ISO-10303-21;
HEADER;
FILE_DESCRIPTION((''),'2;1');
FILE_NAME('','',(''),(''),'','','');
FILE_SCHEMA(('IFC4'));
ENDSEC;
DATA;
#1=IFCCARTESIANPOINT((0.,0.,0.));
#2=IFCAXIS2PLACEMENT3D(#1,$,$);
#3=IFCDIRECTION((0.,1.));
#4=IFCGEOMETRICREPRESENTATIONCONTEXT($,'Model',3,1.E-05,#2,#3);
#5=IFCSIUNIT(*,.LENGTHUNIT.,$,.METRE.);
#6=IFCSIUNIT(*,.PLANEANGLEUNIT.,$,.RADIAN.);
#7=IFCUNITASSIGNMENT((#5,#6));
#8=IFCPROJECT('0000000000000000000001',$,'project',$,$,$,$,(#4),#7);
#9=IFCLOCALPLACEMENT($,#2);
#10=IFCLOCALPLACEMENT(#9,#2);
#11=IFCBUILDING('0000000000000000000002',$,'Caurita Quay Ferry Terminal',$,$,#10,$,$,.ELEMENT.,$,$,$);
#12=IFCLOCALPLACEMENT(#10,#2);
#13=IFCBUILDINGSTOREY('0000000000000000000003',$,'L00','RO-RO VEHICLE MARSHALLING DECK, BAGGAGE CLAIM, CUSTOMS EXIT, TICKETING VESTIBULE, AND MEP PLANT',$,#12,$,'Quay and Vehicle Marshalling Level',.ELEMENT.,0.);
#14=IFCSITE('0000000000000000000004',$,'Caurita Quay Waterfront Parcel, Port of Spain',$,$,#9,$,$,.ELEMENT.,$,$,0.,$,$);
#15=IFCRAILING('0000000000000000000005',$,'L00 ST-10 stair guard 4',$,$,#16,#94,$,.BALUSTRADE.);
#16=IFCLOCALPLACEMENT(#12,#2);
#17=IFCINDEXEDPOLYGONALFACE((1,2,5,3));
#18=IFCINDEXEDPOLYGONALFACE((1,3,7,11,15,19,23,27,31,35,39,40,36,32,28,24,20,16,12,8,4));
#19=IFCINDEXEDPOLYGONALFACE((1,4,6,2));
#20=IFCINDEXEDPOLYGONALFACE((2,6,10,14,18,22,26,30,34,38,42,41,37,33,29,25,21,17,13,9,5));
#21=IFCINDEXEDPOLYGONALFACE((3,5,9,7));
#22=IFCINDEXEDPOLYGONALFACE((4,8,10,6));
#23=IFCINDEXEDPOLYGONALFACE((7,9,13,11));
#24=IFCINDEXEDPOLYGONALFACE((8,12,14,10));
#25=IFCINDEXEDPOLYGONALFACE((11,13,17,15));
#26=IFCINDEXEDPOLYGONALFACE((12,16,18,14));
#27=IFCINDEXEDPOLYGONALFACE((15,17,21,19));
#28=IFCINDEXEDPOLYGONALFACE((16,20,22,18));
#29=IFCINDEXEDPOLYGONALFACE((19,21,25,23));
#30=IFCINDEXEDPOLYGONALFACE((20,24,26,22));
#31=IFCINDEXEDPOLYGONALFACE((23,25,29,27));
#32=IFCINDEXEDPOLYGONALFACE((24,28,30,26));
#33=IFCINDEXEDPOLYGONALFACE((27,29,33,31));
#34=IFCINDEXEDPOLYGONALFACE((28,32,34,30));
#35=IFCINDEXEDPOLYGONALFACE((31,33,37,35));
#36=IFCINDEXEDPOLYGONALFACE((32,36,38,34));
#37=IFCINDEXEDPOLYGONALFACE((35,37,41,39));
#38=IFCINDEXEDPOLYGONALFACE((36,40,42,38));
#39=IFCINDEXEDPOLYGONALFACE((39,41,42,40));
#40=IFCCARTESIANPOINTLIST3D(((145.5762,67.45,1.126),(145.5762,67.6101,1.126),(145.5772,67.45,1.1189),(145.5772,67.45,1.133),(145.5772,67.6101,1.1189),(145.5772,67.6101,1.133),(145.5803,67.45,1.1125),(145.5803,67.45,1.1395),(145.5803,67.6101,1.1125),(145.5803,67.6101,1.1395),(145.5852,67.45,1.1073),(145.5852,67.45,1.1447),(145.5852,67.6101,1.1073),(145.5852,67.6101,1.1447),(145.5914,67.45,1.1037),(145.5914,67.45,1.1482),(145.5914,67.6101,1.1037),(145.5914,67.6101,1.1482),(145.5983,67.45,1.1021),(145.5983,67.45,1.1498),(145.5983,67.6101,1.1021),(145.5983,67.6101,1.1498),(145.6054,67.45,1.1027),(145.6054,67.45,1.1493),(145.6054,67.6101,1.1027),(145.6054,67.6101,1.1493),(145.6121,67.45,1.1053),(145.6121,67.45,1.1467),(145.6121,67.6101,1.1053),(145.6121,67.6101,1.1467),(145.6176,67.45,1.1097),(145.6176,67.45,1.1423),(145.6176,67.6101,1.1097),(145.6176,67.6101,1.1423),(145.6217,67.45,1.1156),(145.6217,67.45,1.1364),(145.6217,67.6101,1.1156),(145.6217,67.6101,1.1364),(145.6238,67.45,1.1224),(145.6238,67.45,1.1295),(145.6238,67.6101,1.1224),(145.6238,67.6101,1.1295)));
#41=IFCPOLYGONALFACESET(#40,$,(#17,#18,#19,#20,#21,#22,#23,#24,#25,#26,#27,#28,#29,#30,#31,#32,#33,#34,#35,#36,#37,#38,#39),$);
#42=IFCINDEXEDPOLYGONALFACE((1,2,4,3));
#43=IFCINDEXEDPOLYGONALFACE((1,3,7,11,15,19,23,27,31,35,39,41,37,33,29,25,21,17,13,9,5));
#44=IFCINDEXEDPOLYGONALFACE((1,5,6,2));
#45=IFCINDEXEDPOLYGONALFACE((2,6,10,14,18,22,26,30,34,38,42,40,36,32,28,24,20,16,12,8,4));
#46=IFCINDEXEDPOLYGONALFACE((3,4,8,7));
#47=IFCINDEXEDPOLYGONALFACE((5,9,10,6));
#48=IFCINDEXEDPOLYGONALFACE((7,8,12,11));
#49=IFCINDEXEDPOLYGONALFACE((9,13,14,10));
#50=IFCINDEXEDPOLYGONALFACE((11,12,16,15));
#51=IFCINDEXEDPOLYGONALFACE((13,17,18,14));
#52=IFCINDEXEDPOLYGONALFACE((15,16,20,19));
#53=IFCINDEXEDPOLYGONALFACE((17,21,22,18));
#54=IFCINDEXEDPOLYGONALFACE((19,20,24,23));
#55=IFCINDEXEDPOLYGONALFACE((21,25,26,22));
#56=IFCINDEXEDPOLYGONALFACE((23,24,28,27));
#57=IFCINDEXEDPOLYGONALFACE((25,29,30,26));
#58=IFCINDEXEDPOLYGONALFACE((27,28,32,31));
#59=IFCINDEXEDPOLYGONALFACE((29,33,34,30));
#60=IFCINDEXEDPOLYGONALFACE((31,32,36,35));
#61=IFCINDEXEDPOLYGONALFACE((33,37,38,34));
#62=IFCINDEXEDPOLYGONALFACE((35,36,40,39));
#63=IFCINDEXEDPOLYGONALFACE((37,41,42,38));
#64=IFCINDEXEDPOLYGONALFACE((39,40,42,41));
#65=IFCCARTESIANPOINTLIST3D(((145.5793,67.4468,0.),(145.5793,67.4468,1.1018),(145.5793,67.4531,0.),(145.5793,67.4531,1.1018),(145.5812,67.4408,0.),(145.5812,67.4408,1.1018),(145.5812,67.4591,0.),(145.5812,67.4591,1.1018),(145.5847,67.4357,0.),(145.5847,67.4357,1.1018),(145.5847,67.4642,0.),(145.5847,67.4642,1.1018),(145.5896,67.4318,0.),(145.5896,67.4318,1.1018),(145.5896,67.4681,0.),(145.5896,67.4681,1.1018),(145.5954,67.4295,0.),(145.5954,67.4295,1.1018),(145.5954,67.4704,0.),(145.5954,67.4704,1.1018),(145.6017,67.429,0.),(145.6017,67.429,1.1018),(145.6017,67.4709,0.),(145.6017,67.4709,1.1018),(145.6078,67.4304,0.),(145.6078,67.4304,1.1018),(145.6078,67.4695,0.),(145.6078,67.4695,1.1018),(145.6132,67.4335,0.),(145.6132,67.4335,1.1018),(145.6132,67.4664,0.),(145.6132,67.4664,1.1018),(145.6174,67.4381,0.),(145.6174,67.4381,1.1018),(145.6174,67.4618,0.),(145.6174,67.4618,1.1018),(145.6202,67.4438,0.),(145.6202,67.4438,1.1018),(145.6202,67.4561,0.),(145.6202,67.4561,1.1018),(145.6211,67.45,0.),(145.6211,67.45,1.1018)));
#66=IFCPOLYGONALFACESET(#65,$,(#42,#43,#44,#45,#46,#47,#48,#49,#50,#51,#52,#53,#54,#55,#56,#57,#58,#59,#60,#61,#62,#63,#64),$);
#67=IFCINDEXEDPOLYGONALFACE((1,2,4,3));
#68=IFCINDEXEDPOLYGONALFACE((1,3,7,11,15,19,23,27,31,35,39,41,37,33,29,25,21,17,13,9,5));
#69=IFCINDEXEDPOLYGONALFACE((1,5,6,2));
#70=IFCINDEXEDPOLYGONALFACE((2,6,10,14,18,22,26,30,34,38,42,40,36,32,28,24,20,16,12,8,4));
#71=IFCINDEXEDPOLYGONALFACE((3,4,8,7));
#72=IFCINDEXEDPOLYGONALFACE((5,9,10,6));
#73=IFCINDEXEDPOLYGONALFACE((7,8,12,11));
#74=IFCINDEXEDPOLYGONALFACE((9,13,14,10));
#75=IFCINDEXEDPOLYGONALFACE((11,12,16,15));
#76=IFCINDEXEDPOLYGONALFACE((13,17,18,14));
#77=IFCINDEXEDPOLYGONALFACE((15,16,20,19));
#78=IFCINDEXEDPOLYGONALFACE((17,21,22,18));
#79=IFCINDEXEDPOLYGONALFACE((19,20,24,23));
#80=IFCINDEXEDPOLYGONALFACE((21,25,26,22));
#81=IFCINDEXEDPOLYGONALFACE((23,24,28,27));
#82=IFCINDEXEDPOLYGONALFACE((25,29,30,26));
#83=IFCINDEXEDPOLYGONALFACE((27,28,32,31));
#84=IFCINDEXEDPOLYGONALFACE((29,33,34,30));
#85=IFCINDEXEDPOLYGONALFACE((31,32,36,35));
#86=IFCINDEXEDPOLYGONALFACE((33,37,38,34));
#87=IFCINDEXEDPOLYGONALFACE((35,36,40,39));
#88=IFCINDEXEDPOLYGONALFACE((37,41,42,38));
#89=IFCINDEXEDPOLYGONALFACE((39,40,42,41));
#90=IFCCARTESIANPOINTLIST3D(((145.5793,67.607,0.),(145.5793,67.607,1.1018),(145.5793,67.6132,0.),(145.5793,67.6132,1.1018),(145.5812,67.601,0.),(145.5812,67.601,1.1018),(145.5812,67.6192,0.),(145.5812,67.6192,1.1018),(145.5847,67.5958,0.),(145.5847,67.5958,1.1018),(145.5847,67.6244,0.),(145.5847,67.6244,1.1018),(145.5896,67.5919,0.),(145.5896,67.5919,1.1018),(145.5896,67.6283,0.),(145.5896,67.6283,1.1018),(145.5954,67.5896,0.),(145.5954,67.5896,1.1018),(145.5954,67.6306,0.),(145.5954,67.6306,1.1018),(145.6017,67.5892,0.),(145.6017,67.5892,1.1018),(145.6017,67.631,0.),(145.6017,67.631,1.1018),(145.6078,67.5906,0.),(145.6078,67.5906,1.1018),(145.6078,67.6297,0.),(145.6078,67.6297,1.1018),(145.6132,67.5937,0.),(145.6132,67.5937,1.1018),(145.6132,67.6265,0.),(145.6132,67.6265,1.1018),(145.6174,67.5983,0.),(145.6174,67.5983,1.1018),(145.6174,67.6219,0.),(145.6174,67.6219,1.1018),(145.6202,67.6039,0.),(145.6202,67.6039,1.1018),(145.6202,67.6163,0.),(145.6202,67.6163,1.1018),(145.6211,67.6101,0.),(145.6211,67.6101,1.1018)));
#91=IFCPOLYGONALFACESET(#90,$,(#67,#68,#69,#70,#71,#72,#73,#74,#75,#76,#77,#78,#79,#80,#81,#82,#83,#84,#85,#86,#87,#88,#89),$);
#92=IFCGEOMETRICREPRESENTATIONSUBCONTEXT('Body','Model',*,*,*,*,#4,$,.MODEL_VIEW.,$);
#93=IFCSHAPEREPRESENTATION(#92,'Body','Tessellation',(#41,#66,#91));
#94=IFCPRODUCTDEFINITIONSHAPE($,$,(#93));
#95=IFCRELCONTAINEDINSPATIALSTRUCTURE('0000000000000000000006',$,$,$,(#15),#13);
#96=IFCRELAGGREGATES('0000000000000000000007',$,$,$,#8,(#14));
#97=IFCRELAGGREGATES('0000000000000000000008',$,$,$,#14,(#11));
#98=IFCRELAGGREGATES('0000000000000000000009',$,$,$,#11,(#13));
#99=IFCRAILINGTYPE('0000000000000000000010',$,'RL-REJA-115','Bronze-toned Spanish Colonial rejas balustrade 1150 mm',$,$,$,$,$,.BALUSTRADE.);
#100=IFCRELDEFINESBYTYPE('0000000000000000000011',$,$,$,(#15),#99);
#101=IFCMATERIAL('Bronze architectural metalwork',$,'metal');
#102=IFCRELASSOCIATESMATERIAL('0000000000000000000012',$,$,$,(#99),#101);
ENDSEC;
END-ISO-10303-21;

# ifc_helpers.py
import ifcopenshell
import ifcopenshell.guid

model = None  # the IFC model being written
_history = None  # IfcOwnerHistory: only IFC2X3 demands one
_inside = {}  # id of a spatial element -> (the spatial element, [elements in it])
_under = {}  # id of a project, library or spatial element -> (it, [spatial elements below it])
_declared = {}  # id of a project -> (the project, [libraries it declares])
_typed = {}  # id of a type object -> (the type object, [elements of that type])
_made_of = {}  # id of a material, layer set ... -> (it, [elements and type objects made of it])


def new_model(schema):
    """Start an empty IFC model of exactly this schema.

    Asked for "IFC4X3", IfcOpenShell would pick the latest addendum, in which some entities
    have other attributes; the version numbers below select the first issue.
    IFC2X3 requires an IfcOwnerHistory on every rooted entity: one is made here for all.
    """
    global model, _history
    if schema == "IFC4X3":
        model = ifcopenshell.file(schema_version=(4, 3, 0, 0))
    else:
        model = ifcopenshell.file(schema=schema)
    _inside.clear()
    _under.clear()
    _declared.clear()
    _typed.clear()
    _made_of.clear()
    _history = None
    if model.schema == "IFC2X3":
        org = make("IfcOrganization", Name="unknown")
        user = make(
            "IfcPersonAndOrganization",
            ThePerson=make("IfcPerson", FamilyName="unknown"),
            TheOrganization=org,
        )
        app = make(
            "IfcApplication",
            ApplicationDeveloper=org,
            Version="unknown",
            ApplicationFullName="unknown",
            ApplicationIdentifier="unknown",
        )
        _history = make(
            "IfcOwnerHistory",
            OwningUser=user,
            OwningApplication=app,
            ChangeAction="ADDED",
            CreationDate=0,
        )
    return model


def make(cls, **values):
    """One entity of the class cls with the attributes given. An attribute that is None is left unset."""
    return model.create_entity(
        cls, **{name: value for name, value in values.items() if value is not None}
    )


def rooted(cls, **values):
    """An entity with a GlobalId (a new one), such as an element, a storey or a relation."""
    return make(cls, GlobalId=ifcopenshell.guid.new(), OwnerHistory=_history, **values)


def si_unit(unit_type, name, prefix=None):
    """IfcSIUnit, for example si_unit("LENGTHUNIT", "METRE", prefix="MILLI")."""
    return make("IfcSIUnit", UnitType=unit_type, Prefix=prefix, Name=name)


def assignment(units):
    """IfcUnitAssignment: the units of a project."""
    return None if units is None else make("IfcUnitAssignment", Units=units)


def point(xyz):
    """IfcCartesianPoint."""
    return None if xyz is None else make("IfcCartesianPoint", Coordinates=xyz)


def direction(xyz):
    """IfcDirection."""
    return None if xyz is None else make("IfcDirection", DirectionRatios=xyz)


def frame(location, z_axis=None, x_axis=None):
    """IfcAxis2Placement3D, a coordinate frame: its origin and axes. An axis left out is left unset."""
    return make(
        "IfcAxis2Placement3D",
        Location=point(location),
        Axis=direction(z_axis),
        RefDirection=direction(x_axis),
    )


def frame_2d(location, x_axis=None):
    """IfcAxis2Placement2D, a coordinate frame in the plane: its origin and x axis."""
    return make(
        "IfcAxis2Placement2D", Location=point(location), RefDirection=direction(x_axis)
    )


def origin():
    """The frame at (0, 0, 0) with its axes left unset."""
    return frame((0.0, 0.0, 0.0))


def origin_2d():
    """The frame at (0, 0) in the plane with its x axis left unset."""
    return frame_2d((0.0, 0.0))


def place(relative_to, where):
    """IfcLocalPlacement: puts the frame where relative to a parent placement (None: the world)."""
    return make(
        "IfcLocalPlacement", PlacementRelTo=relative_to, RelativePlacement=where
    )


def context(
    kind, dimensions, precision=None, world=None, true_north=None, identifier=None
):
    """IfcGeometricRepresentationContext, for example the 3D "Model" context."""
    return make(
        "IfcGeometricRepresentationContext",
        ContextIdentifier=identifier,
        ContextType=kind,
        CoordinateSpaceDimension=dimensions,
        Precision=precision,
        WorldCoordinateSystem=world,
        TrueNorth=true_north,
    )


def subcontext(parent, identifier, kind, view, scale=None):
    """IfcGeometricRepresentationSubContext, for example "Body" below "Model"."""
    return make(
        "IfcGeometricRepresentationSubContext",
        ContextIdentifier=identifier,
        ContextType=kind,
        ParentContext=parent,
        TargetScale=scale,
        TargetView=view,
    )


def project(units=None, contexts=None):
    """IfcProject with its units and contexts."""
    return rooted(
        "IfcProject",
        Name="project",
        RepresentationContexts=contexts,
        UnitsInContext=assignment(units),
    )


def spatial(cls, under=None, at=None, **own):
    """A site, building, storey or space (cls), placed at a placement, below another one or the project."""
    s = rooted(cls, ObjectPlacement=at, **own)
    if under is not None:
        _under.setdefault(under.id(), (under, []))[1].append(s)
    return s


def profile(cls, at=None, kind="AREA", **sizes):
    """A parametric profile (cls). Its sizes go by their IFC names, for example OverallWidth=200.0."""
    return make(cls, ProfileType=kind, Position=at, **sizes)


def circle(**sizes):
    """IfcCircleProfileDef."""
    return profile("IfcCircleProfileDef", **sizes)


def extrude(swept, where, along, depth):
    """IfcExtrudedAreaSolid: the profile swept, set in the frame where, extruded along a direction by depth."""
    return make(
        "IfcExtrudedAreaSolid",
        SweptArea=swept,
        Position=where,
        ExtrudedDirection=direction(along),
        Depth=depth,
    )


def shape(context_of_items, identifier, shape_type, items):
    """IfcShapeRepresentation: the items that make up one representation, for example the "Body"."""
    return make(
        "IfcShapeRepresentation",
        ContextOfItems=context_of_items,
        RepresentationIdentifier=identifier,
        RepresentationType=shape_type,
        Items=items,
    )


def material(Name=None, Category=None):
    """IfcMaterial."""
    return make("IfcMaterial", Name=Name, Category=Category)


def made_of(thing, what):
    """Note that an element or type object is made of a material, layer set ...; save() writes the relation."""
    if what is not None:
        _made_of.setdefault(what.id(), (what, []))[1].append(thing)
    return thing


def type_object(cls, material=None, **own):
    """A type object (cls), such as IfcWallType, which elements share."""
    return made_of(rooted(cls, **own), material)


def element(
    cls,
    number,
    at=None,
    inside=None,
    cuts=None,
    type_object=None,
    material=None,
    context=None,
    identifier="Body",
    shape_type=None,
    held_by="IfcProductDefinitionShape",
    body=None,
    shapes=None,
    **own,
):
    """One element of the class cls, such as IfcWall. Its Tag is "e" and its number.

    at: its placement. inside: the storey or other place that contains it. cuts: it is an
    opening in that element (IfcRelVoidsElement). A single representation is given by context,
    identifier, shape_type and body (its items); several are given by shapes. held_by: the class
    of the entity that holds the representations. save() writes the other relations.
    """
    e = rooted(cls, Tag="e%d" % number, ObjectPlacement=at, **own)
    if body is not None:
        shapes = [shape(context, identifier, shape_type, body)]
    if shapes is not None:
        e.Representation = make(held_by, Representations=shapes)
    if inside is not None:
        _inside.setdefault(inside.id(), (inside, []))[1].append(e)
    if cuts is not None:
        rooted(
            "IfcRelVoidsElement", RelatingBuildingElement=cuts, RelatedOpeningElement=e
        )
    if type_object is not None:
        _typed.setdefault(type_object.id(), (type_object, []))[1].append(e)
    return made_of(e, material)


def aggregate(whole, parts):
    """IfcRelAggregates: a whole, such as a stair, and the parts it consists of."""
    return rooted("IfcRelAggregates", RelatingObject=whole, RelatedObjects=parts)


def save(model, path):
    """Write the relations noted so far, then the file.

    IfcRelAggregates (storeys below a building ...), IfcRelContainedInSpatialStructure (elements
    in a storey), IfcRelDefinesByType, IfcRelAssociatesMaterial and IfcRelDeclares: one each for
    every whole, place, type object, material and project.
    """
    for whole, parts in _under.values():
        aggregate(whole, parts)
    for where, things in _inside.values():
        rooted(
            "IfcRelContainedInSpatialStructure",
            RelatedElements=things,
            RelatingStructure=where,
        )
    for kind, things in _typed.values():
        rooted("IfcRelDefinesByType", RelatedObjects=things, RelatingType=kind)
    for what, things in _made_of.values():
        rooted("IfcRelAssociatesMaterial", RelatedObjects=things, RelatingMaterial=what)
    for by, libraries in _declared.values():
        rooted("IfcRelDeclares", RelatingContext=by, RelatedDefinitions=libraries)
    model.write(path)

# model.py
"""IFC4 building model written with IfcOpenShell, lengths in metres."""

from ifc_helpers import new_model, si_unit, direction, frame, origin, origin_2d, place, context, subcontext, project, spatial, circle, extrude, material, type_object, element, save


model = new_model("IFC4")

# Units and contexts
model_context = context("Model", 3, precision=1e-05, world=origin(), true_north=direction((0.0, 1.0)))
body_context = subcontext(model_context, "Body", "Model", "MODEL_VIEW")
ifc_project = project(units=[si_unit("LENGTHUNIT", "METRE"), si_unit("PLANEANGLEUNIT", "RADIAN")], contexts=[model_context])

# Site, building, storey
site_placement = place(None, origin())
site = spatial("IfcSite", under=ifc_project, at=site_placement, Name="Caurita Quay Waterfront Parcel, Port of Spain", CompositionType="ELEMENT", RefElevation=0.0)
building_placement = place(site_placement, origin())
building = spatial("IfcBuilding", under=site, at=building_placement, Name="Caurita Quay Ferry Terminal", CompositionType="ELEMENT")
storey_placement = place(building_placement, origin())
storey = spatial("IfcBuildingStorey", under=building, at=storey_placement, Name="L00", Description="RO-RO VEHICLE MARSHALLING DECK, BAGGAGE CLAIM, CUSTOMS EXIT, TICKETING VESTIBULE, AND MEP PLANT", LongName="Quay and Vehicle Marshalling Level", CompositionType="ELEMENT", Elevation=0.0)

# Railing
ifc_material_1 = material(Name="Bronze architectural metalwork", Category="metal")
railing_type_1 = type_object("IfcRailingType", Name="RL-REJA-115", Description="Bronze-toned Spanish Colonial rejas balustrade 1150 mm", PredefinedType="BALUSTRADE", material=ifc_material_1)
railing_1_placement = place(storey_placement, frame((145.6001, 67.45, 0.0)))
element("IfcRailing", 1, at=railing_1_placement, inside=storey, type_object=railing_type_1, Name="L00 ST-10 stair guard 4", PredefinedType="BALUSTRADE", context=body_context, shape_type="SweptSolid", body=[
    extrude(circle(Radius=0.0239, at=origin_2d()), frame((0.0, 0.0, 1.126), z_axis=(0.0, 1.0, 0.0), x_axis=(-1.0, 0.0, 0.0)), (0.0, 0.0, 1.0), 0.1602),
    extrude(circle(Radius=0.021, at=origin_2d()), origin(), (0.0, 0.0, 1.0), 1.1018),
    extrude(circle(Radius=0.021, at=origin_2d()), frame((0.0, 0.1602, 0.0)), (0.0, 0.0, 1.0), 1.1018),
])

save(model, "model.ifc")
